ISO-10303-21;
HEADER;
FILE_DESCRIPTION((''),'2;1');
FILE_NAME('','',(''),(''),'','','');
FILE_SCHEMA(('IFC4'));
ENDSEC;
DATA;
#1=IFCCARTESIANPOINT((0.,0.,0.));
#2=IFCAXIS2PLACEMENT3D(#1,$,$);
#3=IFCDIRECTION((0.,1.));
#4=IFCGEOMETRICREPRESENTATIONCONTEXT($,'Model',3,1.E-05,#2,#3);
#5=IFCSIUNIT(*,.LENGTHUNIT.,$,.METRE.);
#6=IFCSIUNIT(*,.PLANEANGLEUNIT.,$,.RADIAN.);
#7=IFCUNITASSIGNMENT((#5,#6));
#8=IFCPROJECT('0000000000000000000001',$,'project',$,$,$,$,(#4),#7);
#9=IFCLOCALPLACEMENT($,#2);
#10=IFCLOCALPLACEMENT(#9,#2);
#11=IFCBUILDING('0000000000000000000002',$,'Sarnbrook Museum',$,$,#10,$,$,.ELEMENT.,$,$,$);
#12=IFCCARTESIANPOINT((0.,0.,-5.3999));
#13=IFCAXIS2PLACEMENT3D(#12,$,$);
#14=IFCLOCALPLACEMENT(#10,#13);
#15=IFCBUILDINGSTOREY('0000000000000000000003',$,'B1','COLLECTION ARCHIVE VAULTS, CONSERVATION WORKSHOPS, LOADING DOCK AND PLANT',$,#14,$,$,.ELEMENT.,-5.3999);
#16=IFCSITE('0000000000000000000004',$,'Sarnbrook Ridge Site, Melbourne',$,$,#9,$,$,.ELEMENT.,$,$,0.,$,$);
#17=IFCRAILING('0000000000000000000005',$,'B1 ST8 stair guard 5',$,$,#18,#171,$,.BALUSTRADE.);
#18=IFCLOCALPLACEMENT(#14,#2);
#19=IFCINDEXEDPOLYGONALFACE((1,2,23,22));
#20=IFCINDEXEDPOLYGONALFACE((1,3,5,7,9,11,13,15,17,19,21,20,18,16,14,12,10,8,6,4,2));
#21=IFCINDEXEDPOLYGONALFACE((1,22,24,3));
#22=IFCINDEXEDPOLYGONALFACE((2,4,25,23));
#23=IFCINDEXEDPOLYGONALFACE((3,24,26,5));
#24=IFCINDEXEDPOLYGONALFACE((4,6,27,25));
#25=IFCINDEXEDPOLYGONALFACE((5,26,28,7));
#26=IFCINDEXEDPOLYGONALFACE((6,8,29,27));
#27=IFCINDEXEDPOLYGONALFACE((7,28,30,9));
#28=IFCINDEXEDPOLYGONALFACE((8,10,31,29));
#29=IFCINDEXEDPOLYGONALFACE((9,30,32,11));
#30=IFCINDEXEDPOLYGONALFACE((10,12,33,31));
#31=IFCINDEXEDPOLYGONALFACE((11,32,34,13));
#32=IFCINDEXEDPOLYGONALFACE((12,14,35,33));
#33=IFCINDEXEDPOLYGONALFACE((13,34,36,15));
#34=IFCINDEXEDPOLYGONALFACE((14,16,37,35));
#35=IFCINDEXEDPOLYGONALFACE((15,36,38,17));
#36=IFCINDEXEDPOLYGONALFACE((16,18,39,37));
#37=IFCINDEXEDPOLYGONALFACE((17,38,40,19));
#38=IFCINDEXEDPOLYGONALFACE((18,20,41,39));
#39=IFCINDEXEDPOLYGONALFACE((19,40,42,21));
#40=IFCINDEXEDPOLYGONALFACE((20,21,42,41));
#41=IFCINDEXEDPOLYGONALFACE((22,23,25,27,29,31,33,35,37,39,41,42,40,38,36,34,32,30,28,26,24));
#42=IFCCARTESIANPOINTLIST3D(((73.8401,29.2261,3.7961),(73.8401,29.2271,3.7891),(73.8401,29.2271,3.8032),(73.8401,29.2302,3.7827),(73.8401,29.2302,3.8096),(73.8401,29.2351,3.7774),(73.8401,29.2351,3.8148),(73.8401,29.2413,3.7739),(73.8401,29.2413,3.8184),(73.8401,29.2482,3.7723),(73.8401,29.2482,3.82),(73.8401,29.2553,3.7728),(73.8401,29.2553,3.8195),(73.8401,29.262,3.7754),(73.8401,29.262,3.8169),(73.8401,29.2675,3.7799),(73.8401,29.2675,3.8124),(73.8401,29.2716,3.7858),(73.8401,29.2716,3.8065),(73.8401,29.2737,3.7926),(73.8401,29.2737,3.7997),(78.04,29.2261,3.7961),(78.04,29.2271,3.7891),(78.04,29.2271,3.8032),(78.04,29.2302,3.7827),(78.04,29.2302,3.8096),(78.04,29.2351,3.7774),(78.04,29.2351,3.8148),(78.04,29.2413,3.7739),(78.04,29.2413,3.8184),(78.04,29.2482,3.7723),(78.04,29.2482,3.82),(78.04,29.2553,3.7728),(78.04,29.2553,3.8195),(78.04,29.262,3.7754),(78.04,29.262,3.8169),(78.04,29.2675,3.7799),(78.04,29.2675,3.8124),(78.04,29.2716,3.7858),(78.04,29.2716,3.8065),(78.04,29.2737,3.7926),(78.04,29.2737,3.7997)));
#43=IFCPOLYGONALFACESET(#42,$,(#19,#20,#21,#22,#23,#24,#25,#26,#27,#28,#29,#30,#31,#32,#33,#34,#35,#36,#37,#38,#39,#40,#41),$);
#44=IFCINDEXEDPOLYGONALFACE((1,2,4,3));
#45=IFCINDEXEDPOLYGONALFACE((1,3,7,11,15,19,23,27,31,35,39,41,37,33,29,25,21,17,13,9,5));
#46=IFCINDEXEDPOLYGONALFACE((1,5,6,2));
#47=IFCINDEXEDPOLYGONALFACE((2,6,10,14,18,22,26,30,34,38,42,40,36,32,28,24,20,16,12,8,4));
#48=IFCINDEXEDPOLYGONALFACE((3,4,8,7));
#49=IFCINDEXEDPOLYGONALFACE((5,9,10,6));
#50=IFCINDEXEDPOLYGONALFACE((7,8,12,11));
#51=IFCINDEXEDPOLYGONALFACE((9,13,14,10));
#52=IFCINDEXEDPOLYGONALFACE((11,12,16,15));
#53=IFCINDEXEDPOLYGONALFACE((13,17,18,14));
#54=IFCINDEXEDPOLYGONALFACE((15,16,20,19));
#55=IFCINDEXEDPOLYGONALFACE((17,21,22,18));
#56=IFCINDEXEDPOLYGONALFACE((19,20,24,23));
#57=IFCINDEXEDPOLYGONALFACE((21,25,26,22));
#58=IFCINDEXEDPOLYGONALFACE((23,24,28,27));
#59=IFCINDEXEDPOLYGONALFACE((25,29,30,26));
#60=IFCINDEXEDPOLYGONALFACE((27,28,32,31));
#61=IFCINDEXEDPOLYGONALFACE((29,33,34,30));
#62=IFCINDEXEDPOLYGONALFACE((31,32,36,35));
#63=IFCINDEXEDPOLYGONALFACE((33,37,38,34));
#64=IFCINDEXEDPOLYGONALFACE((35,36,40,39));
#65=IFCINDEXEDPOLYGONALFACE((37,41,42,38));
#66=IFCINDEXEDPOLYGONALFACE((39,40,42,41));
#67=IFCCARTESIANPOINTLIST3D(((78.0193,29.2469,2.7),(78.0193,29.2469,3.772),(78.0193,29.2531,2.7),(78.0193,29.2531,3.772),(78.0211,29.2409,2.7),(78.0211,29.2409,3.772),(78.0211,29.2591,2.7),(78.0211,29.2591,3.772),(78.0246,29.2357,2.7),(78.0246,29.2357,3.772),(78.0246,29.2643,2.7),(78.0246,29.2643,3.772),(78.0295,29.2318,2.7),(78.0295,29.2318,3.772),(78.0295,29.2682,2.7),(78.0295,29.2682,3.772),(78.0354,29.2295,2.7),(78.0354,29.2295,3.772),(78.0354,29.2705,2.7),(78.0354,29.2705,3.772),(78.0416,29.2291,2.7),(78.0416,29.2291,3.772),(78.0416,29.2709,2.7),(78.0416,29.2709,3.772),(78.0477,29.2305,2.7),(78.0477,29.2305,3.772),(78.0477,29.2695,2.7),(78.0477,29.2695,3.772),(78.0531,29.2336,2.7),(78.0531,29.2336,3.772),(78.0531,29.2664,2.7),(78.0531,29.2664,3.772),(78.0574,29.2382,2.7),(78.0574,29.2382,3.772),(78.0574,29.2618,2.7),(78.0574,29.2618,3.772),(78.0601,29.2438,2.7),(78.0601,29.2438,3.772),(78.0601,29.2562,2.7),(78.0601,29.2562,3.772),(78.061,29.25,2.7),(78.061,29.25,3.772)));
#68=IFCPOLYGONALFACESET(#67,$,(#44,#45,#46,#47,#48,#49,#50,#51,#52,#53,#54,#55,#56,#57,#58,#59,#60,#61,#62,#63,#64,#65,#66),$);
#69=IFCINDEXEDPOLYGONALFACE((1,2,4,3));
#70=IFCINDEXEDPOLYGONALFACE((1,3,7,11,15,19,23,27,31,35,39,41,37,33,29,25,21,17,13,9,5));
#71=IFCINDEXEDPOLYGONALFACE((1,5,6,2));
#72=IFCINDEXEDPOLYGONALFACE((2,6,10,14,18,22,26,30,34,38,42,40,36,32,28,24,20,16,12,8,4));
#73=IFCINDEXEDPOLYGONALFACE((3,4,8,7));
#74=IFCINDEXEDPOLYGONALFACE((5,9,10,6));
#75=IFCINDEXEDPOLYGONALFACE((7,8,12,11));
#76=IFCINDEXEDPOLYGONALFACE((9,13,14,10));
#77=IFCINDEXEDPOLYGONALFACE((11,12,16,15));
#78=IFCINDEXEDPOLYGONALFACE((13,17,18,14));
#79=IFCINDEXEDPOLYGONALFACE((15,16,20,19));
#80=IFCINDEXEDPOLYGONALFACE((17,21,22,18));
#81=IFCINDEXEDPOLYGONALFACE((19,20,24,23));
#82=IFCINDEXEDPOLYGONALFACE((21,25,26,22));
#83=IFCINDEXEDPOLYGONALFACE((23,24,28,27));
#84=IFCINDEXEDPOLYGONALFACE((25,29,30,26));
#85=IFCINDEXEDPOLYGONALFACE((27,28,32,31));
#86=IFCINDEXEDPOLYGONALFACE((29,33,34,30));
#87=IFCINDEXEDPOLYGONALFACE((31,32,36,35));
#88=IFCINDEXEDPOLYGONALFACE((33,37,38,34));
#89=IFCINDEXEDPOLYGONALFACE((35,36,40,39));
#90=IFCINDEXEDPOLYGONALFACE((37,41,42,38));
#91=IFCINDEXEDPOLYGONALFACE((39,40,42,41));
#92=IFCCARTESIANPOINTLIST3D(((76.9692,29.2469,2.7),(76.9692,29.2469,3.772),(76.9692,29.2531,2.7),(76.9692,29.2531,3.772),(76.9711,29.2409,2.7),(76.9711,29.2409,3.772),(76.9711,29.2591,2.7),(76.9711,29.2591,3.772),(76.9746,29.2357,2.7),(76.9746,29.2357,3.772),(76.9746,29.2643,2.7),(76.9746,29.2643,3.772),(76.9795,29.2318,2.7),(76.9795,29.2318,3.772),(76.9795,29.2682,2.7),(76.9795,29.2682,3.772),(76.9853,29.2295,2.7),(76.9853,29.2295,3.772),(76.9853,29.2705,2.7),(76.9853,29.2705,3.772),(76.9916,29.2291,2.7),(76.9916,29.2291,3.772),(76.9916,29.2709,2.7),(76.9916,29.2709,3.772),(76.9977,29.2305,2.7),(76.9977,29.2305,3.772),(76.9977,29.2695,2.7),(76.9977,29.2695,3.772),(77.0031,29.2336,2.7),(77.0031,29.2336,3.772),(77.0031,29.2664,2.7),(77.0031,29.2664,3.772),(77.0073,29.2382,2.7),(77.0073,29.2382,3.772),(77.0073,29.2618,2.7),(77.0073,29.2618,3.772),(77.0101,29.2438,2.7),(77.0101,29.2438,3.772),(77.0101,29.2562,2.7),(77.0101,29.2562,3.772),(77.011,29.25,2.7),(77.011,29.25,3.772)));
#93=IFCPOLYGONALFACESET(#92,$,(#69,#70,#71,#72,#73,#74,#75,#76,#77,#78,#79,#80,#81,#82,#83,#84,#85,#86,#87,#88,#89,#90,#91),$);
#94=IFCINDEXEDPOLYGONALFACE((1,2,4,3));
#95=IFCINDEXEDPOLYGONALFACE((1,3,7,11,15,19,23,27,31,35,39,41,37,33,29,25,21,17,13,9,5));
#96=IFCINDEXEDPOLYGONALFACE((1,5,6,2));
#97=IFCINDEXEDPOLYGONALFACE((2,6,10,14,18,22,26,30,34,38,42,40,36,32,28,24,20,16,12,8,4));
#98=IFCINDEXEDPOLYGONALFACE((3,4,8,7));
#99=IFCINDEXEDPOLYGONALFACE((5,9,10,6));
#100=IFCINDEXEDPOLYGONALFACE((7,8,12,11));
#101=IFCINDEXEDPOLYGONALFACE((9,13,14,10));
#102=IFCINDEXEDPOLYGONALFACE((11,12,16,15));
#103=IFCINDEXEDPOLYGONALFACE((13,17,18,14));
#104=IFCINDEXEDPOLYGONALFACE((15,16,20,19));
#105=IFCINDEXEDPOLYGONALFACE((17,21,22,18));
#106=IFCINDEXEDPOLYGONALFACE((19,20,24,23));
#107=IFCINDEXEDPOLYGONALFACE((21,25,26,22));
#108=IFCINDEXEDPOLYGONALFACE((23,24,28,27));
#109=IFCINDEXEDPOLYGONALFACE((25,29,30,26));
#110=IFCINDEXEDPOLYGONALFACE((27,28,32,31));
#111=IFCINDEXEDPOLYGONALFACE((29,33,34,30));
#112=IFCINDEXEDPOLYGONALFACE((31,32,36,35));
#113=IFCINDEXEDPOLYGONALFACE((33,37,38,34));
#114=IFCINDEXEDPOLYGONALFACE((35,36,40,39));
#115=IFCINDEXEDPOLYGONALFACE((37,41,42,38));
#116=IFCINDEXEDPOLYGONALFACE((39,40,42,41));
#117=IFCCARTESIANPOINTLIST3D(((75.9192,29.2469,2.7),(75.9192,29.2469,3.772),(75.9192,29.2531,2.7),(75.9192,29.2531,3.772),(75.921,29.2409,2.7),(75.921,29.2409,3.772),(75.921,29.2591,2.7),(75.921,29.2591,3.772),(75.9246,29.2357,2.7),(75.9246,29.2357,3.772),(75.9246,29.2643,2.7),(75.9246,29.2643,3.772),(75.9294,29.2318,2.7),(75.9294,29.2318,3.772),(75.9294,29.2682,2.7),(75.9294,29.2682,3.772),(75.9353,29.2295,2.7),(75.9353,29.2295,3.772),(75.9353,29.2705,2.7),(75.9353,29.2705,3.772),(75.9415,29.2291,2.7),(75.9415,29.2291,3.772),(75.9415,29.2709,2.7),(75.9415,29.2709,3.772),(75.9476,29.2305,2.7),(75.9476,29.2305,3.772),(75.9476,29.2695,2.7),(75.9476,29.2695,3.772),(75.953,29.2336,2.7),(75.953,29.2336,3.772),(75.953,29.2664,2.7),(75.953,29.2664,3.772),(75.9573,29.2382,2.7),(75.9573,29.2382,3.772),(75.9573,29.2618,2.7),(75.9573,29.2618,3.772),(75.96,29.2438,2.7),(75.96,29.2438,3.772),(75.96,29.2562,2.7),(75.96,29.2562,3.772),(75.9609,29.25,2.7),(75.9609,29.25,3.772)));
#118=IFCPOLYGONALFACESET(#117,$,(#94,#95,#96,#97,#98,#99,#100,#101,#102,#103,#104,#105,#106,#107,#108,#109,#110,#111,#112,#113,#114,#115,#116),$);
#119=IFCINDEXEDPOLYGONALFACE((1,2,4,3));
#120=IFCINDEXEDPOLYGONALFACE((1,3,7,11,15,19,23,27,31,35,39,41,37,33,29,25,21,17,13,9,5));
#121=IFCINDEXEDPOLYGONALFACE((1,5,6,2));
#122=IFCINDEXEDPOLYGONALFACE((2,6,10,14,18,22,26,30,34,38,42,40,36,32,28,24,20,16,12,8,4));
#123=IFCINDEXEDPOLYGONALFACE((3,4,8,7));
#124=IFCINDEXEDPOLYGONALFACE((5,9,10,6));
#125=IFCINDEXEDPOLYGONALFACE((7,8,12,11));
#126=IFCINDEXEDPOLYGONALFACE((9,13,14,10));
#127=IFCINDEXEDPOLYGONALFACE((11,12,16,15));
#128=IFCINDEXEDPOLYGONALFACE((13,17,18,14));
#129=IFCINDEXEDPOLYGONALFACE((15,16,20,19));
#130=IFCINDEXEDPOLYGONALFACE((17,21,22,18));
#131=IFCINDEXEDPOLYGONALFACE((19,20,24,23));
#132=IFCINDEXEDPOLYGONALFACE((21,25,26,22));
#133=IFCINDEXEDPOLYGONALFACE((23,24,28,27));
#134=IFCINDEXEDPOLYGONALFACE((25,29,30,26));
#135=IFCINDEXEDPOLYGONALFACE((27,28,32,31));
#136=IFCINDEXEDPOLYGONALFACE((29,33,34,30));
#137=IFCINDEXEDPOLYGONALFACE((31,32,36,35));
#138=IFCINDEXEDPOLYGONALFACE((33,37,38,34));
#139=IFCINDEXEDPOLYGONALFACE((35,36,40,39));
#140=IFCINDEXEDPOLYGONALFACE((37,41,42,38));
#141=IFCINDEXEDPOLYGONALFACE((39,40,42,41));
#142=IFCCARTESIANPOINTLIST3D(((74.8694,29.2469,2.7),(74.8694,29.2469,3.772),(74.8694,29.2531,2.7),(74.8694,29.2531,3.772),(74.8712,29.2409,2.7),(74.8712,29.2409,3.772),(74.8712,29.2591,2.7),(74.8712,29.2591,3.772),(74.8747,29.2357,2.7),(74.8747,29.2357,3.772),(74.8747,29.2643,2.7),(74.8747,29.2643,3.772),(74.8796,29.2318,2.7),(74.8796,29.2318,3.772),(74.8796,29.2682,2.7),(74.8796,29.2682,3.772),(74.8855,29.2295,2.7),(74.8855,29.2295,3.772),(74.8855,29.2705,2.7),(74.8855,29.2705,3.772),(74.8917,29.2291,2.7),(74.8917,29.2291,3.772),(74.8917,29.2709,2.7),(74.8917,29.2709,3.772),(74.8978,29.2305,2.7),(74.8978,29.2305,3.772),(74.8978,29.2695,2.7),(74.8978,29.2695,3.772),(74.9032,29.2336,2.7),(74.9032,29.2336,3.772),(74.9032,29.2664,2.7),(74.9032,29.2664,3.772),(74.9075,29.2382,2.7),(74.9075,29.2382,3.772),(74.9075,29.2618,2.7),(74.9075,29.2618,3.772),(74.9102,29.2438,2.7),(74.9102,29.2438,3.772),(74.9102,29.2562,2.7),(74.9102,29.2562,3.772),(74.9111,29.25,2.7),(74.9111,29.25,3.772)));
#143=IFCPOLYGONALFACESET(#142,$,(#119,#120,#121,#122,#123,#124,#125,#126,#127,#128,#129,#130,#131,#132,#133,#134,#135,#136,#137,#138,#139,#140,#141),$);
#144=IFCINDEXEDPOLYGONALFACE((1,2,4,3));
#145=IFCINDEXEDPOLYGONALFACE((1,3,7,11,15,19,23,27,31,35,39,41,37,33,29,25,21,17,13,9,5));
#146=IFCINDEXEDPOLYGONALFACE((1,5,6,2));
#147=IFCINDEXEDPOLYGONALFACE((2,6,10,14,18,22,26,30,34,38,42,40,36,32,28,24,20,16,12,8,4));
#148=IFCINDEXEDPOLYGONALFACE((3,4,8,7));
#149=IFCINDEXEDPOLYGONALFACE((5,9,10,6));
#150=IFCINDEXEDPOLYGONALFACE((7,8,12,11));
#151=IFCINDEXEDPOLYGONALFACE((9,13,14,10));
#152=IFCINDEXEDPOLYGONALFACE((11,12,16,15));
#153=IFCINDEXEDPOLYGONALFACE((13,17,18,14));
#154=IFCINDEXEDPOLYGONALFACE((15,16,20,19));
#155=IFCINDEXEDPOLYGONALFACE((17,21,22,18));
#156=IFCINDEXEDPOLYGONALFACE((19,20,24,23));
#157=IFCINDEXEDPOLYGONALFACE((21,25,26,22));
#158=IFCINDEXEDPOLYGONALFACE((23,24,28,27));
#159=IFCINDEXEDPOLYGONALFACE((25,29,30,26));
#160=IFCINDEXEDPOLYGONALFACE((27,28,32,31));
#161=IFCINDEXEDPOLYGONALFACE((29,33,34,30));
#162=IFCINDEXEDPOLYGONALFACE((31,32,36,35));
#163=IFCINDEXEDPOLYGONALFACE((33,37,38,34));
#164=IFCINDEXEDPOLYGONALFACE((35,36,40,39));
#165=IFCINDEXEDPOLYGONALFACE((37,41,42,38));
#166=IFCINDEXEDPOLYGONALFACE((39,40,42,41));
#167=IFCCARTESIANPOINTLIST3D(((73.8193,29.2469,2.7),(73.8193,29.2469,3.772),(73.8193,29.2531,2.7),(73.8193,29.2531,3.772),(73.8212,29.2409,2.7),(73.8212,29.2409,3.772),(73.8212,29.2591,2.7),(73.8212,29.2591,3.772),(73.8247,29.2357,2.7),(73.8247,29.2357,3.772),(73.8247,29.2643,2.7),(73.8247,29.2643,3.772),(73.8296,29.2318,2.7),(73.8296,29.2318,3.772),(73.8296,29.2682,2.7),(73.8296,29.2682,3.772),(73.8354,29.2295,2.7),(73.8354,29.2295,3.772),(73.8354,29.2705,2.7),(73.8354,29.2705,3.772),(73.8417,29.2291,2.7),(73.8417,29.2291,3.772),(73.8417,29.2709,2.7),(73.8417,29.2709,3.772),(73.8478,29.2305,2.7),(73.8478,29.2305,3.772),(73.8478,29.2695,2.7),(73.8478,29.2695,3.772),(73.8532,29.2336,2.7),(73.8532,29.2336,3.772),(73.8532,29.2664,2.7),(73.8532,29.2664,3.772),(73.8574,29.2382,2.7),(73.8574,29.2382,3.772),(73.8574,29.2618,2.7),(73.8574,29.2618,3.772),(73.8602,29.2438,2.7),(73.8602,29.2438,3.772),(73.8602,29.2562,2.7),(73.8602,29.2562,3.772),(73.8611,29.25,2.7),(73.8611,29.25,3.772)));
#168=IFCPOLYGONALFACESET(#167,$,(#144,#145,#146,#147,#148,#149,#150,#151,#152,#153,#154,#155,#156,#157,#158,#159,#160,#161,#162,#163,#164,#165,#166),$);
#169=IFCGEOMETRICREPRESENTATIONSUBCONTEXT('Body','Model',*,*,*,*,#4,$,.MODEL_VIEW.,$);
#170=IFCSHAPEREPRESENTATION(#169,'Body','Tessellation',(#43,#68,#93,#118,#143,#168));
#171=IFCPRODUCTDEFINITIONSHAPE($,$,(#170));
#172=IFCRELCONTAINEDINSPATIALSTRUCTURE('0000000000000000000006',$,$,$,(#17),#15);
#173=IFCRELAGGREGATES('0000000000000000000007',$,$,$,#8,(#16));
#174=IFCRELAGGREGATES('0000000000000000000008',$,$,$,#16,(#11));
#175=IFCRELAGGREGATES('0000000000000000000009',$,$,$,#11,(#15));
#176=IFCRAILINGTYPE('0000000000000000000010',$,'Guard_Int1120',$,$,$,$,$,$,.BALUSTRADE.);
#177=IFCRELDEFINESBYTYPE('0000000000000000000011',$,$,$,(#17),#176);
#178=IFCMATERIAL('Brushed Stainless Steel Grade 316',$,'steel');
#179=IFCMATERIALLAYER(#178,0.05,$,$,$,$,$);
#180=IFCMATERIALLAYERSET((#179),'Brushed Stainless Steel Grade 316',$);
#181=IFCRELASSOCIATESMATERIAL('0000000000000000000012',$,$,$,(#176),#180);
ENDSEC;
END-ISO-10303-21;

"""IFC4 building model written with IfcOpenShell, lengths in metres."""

from ifc_helpers import new_model, si_unit, direction, frame, origin, origin_2d, place, context, subcontext, project, spatial, circle, extrude, material, layer, layer_set, type_object, element, save


model = new_model("IFC4")

# Units and contexts
model_context = context("Model", 3, precision=1e-05, world=origin(), true_north=direction((0.0, 1.0)))
body_context = subcontext(model_context, "Body", "Model", "MODEL_VIEW")
ifc_project = project(units=[si_unit("LENGTHUNIT", "METRE"), si_unit("PLANEANGLEUNIT", "RADIAN")], contexts=[model_context])

# Site, building, storey
site_placement = place(None, origin())
site = spatial("IfcSite", under=ifc_project, at=site_placement, Name="Sarnbrook Ridge Site, Melbourne", CompositionType="ELEMENT", RefElevation=0.0)
building_placement = place(site_placement, origin())
building = spatial("IfcBuilding", under=site, at=building_placement, Name="Sarnbrook Museum", CompositionType="ELEMENT")
storey_placement = place(building_placement, frame((0.0, 0.0, -5.3999)))
storey = spatial("IfcBuildingStorey", under=building, at=storey_placement, Name="B1", Description="COLLECTION ARCHIVE VAULTS, CONSERVATION WORKSHOPS, LOADING DOCK AND PLANT", CompositionType="ELEMENT", Elevation=-5.3999)

# Railing
ifc_material_1 = material(Name="Brushed Stainless Steel Grade 316", Category="steel")
ifc_layer_1 = layer(ifc_material_1, 0.05)
ifc_layer_set_1 = layer_set([ifc_layer_1], Name="Brushed Stainless Steel Grade 316")
railing_type_1 = type_object("IfcRailingType", Name="Guard_Int1120", PredefinedType="BALUSTRADE", material=ifc_layer_set_1)
railing_1_placement = place(storey_placement, frame((78.04, 29.25, 2.7)))
element("IfcRailing", 1, at=railing_1_placement, inside=storey, type_object=railing_type_1, Name="B1 ST8 stair guard 5", PredefinedType="BALUSTRADE", context=body_context, shape_type="SweptSolid", body=[
    extrude(circle(Radius=0.0239, at=origin_2d()), frame((0.0, 0.0, 1.0962), z_axis=(-1.0, 0.0, 0.0), x_axis=(0.0, -1.0, 0.0)), (0.0, 0.0, 1.0), 4.2),
    extrude(circle(Radius=0.021, at=origin_2d()), origin(), (0.0, 0.0, 1.0), 1.072),
    extrude(circle(Radius=0.021, at=origin_2d()), frame((-1.05, 0.0, 0.0)), (0.0, 0.0, 1.0), 1.072),
    extrude(circle(Radius=0.021, at=origin_2d()), frame((-2.1001, 0.0, 0.0)), (0.0, 0.0, 1.0), 1.072),
    extrude(circle(Radius=0.021, at=origin_2d()), frame((-3.1499, 0.0, 0.0)), (0.0, 0.0, 1.0), 1.072),
    extrude(circle(Radius=0.021, at=origin_2d()), frame((-4.2, 0.0, 0.0)), (0.0, 0.0, 1.0), 1.072),
])

save(model, "model.ifc")
